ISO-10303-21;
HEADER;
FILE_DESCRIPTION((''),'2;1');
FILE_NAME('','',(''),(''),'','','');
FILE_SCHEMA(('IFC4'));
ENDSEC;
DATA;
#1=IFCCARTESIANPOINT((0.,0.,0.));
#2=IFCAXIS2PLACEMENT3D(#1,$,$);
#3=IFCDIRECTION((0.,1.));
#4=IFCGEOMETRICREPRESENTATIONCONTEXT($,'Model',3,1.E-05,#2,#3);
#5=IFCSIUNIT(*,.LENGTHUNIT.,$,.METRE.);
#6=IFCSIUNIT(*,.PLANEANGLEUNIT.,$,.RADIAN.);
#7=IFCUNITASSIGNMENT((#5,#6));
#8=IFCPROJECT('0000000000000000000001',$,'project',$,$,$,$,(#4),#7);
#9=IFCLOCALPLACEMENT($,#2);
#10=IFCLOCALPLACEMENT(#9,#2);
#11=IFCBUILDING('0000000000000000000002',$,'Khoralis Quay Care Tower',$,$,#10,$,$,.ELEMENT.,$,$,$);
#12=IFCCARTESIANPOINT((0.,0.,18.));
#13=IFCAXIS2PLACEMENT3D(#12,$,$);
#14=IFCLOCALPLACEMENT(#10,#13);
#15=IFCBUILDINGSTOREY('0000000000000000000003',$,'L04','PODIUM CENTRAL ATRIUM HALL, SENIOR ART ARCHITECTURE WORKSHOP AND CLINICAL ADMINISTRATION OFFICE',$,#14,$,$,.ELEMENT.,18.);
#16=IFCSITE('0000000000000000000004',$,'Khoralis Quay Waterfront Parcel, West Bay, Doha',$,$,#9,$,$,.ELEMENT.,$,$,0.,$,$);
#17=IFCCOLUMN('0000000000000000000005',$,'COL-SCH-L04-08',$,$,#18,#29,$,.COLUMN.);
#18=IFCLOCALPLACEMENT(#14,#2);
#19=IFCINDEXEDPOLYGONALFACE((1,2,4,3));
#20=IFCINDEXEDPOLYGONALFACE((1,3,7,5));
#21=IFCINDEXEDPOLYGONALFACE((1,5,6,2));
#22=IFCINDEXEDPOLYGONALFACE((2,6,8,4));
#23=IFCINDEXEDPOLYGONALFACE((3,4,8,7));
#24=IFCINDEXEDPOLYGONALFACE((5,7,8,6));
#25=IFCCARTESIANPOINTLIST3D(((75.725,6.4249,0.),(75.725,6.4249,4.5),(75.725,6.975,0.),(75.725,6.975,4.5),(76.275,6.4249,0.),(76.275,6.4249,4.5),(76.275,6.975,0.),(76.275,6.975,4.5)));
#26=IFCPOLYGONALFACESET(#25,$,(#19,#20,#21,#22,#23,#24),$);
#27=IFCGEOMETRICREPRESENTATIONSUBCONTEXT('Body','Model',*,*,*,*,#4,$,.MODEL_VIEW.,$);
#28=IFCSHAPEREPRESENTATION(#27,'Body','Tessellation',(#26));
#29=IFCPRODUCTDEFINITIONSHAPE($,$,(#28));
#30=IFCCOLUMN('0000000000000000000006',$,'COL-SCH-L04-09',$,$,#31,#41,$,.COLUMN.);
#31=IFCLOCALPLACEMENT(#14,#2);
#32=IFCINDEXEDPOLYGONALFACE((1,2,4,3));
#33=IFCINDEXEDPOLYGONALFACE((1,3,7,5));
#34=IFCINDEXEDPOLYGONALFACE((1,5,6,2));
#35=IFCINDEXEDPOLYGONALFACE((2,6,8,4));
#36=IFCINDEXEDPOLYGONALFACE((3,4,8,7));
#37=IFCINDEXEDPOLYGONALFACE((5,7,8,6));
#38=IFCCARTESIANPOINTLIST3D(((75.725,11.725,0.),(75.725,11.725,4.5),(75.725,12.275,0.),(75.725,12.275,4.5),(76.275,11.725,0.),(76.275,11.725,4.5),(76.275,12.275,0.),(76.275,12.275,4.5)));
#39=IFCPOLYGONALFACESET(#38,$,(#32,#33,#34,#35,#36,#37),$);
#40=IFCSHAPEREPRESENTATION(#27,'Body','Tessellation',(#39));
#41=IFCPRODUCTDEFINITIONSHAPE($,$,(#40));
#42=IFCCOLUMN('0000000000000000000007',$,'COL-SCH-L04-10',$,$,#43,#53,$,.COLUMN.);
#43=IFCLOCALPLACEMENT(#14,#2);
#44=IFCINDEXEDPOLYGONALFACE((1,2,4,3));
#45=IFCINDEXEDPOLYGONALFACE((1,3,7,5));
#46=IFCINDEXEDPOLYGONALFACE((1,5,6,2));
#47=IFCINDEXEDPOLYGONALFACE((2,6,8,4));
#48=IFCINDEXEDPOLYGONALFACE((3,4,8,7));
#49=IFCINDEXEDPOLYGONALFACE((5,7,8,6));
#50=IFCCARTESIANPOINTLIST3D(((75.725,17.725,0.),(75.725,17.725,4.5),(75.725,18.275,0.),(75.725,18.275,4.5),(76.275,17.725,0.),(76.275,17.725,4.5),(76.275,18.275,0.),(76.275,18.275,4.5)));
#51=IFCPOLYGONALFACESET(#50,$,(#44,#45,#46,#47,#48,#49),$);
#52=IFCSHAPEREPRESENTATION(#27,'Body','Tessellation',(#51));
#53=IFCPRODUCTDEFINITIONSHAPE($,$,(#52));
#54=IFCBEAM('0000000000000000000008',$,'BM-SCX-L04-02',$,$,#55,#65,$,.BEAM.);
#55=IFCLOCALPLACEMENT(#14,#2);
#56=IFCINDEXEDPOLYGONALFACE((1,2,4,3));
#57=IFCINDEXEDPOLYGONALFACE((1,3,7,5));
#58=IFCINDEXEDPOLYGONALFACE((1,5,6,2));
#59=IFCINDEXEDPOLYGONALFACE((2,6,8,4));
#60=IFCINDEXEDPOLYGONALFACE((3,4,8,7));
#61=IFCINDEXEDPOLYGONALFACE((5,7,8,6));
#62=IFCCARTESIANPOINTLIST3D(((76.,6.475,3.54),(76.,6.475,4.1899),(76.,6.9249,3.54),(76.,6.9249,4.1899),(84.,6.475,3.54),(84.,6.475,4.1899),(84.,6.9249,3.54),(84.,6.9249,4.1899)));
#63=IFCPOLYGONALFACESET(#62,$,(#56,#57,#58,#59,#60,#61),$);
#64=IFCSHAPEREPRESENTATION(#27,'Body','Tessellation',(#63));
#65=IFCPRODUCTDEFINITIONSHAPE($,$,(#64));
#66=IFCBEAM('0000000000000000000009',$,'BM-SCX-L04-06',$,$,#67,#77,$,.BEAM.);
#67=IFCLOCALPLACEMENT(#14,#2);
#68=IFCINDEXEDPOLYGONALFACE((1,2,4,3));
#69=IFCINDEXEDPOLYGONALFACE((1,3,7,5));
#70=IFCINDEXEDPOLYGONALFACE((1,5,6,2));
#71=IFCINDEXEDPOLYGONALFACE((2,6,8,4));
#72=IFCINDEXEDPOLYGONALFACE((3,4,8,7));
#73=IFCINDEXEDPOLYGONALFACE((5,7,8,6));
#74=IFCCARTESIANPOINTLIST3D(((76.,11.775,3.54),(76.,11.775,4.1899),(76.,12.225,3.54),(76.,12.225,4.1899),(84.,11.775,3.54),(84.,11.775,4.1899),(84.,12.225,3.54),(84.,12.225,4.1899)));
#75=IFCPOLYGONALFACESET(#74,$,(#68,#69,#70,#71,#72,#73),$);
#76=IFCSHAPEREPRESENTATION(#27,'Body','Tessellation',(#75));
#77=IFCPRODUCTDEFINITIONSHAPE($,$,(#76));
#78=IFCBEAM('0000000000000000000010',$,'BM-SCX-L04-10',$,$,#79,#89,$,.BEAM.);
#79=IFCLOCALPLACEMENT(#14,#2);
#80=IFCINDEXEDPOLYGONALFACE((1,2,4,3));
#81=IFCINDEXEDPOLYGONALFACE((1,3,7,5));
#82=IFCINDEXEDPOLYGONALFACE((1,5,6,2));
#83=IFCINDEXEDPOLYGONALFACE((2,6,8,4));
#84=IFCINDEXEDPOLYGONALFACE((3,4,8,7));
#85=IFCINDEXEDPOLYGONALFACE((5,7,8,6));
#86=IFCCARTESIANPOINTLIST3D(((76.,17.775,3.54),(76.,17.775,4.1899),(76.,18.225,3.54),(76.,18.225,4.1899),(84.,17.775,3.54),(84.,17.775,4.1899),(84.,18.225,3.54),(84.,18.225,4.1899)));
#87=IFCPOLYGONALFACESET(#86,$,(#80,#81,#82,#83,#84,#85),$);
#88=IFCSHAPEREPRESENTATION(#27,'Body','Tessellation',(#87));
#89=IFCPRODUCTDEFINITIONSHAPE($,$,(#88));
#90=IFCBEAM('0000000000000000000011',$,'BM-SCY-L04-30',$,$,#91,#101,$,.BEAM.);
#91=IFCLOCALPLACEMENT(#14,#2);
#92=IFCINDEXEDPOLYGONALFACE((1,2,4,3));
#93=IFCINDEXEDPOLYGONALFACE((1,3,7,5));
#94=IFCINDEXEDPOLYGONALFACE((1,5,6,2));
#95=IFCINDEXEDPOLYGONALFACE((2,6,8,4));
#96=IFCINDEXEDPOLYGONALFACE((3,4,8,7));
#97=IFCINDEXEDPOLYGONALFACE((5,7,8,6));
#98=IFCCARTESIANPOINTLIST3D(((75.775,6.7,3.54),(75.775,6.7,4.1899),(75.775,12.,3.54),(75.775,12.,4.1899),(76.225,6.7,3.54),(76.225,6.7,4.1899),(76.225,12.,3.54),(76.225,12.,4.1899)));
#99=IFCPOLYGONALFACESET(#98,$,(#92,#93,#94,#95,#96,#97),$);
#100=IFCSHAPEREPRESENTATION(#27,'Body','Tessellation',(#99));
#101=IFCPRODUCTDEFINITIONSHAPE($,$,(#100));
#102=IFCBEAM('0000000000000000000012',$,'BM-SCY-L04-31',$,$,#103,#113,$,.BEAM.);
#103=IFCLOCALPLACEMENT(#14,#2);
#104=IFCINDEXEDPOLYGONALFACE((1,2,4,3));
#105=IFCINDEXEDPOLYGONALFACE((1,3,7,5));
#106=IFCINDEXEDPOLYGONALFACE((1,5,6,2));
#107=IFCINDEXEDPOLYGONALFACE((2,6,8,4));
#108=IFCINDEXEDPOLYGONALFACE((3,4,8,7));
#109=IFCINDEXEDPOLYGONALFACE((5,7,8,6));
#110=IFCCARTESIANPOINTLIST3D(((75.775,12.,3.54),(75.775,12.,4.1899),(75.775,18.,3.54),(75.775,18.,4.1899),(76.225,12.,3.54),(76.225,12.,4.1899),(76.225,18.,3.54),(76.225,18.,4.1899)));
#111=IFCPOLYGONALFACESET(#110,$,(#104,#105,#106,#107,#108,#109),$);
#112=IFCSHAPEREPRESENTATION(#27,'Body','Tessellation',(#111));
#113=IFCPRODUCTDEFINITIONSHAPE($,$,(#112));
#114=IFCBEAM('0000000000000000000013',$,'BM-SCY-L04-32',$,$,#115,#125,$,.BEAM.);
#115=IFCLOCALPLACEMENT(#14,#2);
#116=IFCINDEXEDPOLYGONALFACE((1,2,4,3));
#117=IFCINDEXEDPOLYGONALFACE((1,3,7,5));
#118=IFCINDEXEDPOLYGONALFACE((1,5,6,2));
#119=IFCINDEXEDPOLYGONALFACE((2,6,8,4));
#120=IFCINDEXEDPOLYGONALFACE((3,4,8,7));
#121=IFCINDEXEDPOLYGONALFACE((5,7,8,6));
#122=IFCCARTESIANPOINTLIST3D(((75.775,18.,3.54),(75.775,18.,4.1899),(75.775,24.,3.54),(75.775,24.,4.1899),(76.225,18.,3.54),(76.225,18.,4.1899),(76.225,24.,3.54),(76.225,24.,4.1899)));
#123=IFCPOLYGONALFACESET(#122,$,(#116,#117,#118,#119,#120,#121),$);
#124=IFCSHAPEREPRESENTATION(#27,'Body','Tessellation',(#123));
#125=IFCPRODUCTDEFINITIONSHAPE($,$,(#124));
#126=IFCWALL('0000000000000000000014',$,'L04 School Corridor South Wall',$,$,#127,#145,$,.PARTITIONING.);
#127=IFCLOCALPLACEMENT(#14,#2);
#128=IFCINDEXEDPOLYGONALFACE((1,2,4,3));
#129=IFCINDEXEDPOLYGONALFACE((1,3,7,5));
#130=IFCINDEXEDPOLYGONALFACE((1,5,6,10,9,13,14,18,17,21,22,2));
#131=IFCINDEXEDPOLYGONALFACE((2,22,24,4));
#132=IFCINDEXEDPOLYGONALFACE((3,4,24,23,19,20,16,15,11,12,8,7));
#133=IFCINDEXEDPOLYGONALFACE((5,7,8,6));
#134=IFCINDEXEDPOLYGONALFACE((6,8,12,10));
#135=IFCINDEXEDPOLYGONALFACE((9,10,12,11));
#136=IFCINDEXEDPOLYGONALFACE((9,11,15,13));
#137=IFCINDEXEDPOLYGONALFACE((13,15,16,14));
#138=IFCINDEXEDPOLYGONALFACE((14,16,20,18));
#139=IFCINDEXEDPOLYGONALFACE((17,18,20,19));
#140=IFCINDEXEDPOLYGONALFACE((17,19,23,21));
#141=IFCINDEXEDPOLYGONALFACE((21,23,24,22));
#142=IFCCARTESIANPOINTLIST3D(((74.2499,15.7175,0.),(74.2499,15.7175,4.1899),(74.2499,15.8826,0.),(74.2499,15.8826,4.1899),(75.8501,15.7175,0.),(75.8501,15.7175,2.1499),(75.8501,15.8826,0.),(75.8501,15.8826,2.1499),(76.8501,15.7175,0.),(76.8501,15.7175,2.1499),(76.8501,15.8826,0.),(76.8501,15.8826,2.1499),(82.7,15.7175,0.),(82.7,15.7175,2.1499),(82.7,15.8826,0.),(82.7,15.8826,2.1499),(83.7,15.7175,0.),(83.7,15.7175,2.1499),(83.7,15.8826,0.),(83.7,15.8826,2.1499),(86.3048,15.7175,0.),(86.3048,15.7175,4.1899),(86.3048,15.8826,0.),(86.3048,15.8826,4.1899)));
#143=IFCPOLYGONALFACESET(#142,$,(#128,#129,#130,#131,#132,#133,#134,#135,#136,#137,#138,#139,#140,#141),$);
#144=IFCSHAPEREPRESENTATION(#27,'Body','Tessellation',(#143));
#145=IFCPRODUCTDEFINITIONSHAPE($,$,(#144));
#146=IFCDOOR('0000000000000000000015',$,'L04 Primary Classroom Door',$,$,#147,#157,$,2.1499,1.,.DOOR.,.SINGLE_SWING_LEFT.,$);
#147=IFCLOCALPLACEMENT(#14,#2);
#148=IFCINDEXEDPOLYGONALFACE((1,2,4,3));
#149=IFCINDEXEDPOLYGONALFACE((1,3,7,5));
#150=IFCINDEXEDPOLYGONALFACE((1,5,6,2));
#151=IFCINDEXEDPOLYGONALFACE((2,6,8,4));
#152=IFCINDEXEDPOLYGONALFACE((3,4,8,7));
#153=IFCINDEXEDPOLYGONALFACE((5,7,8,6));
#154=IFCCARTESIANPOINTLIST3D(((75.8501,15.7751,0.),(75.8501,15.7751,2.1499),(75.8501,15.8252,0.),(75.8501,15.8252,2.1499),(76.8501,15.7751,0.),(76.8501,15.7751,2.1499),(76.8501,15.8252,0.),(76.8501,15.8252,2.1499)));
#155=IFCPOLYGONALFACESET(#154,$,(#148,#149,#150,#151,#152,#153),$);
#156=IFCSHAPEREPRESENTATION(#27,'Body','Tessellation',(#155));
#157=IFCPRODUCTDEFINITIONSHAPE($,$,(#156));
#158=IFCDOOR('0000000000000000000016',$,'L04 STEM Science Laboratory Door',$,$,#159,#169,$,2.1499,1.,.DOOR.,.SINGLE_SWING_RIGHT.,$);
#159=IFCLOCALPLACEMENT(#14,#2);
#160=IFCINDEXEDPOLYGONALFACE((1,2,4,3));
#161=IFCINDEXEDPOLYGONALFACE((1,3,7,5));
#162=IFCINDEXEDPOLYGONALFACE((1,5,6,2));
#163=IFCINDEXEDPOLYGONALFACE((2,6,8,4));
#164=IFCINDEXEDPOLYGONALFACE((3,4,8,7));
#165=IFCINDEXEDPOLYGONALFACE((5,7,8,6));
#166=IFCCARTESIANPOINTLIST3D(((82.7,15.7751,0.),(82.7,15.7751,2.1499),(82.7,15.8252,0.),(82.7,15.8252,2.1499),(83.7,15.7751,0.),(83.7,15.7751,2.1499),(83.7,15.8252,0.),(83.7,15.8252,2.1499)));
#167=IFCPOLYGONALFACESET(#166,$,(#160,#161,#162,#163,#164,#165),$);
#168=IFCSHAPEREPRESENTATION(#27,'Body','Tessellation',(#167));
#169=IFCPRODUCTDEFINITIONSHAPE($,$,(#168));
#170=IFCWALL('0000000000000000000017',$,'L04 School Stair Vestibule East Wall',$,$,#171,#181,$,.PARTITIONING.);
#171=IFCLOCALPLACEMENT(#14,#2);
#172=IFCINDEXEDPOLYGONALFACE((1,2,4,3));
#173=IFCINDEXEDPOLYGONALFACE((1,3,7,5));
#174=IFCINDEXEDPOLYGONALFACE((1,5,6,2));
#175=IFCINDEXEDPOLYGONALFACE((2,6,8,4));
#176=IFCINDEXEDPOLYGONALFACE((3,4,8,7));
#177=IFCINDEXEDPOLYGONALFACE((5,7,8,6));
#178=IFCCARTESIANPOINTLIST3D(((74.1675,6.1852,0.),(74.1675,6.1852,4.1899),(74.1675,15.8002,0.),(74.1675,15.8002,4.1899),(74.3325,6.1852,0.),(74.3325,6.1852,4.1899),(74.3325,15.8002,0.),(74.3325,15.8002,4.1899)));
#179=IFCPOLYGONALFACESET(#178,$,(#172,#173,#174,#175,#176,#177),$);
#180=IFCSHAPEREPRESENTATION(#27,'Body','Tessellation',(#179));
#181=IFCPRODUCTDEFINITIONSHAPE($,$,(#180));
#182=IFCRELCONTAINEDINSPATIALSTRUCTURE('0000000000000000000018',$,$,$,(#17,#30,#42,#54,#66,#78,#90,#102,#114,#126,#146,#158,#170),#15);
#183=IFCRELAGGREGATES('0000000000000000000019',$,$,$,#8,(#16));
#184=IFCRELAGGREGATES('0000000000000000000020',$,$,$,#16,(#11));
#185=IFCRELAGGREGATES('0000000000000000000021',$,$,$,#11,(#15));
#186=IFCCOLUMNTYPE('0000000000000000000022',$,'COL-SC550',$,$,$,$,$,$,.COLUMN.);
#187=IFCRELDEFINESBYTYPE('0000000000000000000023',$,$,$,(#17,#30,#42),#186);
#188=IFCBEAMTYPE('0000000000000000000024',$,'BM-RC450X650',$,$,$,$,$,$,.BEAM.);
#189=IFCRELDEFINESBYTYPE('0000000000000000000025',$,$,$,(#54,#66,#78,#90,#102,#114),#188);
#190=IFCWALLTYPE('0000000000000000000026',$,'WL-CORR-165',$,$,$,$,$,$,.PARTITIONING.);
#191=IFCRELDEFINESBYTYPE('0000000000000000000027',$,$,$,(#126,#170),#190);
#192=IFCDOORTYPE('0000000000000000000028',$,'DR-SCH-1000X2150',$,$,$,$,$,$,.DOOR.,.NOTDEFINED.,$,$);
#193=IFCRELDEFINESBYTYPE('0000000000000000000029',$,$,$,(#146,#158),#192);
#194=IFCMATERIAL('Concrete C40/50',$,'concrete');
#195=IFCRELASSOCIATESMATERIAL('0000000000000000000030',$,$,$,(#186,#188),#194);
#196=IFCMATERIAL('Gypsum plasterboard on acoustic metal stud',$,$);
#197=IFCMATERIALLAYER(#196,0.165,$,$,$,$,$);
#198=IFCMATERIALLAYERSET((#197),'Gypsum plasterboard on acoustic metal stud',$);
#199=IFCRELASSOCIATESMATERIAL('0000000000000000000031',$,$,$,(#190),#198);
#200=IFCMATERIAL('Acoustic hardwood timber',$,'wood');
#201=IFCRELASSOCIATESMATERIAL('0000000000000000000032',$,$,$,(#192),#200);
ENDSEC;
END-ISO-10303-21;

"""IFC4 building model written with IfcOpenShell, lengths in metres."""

from ifc_helpers import new_model, si_unit, direction, frame, frame_2d, origin, origin_2d, place, context, subcontext, project, spatial, rectangle, extrude, source, transform, mapped, material, layer, layer_set, material_profile, profile_set, type_object, element, fill, save


model = new_model("IFC4")

# Units and contexts
model_context = context("Model", 3, precision=1e-05, world=origin(), true_north=direction((0.0, 1.0)))
body_context = subcontext(model_context, "Body", "Model", "MODEL_VIEW")
ifc_project = project(units=[si_unit("LENGTHUNIT", "METRE"), si_unit("PLANEANGLEUNIT", "RADIAN")], contexts=[model_context])

# Site, building, storey
site_placement = place(None, origin())
site = spatial("IfcSite", under=ifc_project, at=site_placement, Name="Khoralis Quay Waterfront Parcel, West Bay, Doha", CompositionType="ELEMENT", RefElevation=0.0)
building_placement = place(site_placement, origin())
building = spatial("IfcBuilding", under=site, at=building_placement, Name="Khoralis Quay Care Tower", CompositionType="ELEMENT")
storey_placement = place(building_placement, frame((0.0, 0.0, 18.0)))
storey = spatial("IfcBuildingStorey", under=building, at=storey_placement, Name="L04", Description="PODIUM CENTRAL ATRIUM HALL, SENIOR ART ARCHITECTURE WORKSHOP AND CLINICAL ADMINISTRATION OFFICE", CompositionType="ELEMENT", Elevation=18.0)

# Columns
ifc_material_1 = material(Name="Concrete C40/50", Category="concrete")
ifc_material_profile_1 = material_profile(ifc_material_1, rectangle(XDim=0.55, YDim=0.55, at=origin_2d()), Name="Concrete C40/50")
ifc_profile_set_1 = profile_set([ifc_material_profile_1], Name="Concrete C40/50")
column_type = type_object("IfcColumnType", Name="COL-SC550", PredefinedType="COLUMN", material=ifc_profile_set_1)
shared_shape_1 = source(origin(), body_context, "Body", "SweptSolid", [
    extrude(rectangle(XDim=0.55, YDim=0.55, at=origin_2d()), origin(), (0.0, 0.0, 1.0), 4.5),
])
for number, where, z_axis, x_axis, name in (
    (1, (76.0, 6.7, 0.0), (0.0, 0.0, 1.0), (1.0, 0.0, 0.0), "COL-SCH-L04-08"),
    (2, (76.0, 12.0, 0.0), (0.0, 0.0, 1.0), (1.0, 0.0, 0.0), "COL-SCH-L04-09"),
    (3, (76.0, 18.0, 0.0), (0.0, 0.0, 1.0), (1.0, 0.0, 0.0), "COL-SCH-L04-10"),
):
    element("IfcColumn", number, at=place(storey_placement, frame(where, z_axis=z_axis, x_axis=x_axis)), inside=storey, type_object=column_type, Name=name, PredefinedType="COLUMN", context=body_context, shape_type="MappedRepresentation", body=[
        mapped(shared_shape_1, transform((0.0, 0.0, 0.0), scale=1.0)),
    ])

# Beams
ifc_material_profile_2 = material_profile(ifc_material_1, rectangle(XDim=0.45, YDim=0.6499, at=origin_2d()), Name="Concrete C40/50")
ifc_profile_set_2 = profile_set([ifc_material_profile_2], Name="Concrete C40/50")
beam_type = type_object("IfcBeamType", Name="BM-RC450X650", PredefinedType="BEAM", material=ifc_profile_set_2)
shared_shape_2 = source(origin(), body_context, "Body", "SweptSolid", [
    extrude(rectangle(XDim=0.45, YDim=0.6499, at=origin_2d()), origin(), (0.0, 0.0, 1.0), 8.0),
])
for number, where, z_axis, x_axis, name in (
    (4, (76.0, 6.7, 3.865), (1.0, 0.0, 0.0), (0.0, 1.0, 0.0), "BM-SCX-L04-02"),
    (5, (76.0, 12.0, 3.865), (1.0, 0.0, 0.0), (0.0, 1.0, 0.0), "BM-SCX-L04-06"),
    (6, (76.0, 18.0, 3.865), (1.0, 0.0, 0.0), (0.0, 1.0, 0.0), "BM-SCX-L04-10"),
):
    element("IfcBeam", number, at=place(storey_placement, frame(where, z_axis=z_axis, x_axis=x_axis)), inside=storey, type_object=beam_type, Name=name, PredefinedType="BEAM", context=body_context, shape_type="MappedRepresentation", body=[
        mapped(shared_shape_2, transform((0.0, 0.0, 0.0), scale=1.0)),
    ])
shared_shape_3 = source(origin(), body_context, "Body", "SweptSolid", [
    extrude(rectangle(XDim=0.45, YDim=0.6499, at=origin_2d()), origin(), (0.0, 0.0, 1.0), 5.3),
])
beam_placement = place(storey_placement, frame((76.0, 6.7, 3.865), z_axis=(0.0, 1.0, 0.0), x_axis=(-1.0, 0.0, 0.0)))
element("IfcBeam", 7, at=beam_placement, inside=storey, type_object=beam_type, Name="BM-SCY-L04-30", PredefinedType="BEAM", context=body_context, shape_type="MappedRepresentation", body=[
    mapped(shared_shape_3, transform((0.0, 0.0, 0.0), scale=1.0)),
])
shared_shape_4 = source(origin(), body_context, "Body", "SweptSolid", [
    extrude(rectangle(XDim=0.45, YDim=0.6499, at=origin_2d()), origin(), (0.0, 0.0, 1.0), 6.0),
])
for number, where, z_axis, x_axis, name in (
    (8, (76.0, 12.0, 3.865), (0.0, 1.0, 0.0), (-1.0, 0.0, 0.0), "BM-SCY-L04-31"),
    (9, (76.0, 18.0, 3.865), (0.0, 1.0, 0.0), (-1.0, 0.0, 0.0), "BM-SCY-L04-32"),
):
    element("IfcBeam", number, at=place(storey_placement, frame(where, z_axis=z_axis, x_axis=x_axis)), inside=storey, type_object=beam_type, Name=name, PredefinedType="BEAM", context=body_context, shape_type="MappedRepresentation", body=[
        mapped(shared_shape_4, transform((0.0, 0.0, 0.0), scale=1.0)),
    ])

# Wall, openings, doors
ifc_material_2 = material(Name="Gypsum plasterboard on acoustic metal stud")
ifc_layer_1 = layer(ifc_material_2, 0.165)
ifc_layer_set_1 = layer_set([ifc_layer_1], Name="Gypsum plasterboard on acoustic metal stud")
wall_type_1 = type_object("IfcWallType", Name="WL-CORR-165", PredefinedType="PARTITIONING", material=ifc_layer_set_1)
wall_1_placement = place(storey_placement, frame((74.25, 15.8, 0.0), z_axis=(0.0, 0.0, 1.0), x_axis=(1.0, 0.0, 0.0)))
wall_1 = element("IfcWall", 10, at=wall_1_placement, inside=storey, type_object=wall_type_1, Name="L04 School Corridor South Wall", PredefinedType="PARTITIONING", context=body_context, shape_type="SweptSolid", body=[
    extrude(rectangle(XDim=12.0549, YDim=0.165, at=frame_2d((6.0273, 0.0))), origin(), (0.0, 0.0, 1.0), 4.1899),
])
opening_1_placement = place(wall_1_placement, frame((1.6001, 0.0, 0.0)))
opening_1 = element("IfcOpeningElement", 11, at=opening_1_placement, cuts=wall_1, PredefinedType="OPENING", context=body_context, shape_type="SweptSolid", body=[
    extrude(rectangle(XDim=1.0, YDim=2.1499, at=frame_2d((0.5, 1.075))), frame((0.0, 0.0925, 0.0), z_axis=(0.0, -1.0, 0.0), x_axis=(1.0, 0.0, 0.0)), (0.0, 0.0, 1.0), 0.1851),
])
opening_2_placement = place(wall_1_placement, frame((8.45, 0.0, 0.0)))
opening_2 = element("IfcOpeningElement", 12, at=opening_2_placement, cuts=wall_1, PredefinedType="OPENING", context=body_context, shape_type="SweptSolid", body=[
    extrude(rectangle(XDim=1.0, YDim=2.1499, at=frame_2d((0.5, 1.075))), frame((0.0, 0.0925, 0.0), z_axis=(0.0, -1.0, 0.0), x_axis=(1.0, 0.0, 0.0)), (0.0, 0.0, 1.0), 0.1851),
])
ifc_material_3 = material(Name="Acoustic hardwood timber", Category="wood")
door_type_1 = type_object("IfcDoorType", Name="DR-SCH-1000X2150", OperationType="NOTDEFINED", PredefinedType="DOOR", material=ifc_material_3)
shared_shape_5 = source(origin(), body_context, "Body", "SweptSolid", [
    extrude(rectangle(XDim=1.0, YDim=2.1499, at=frame_2d((0.5, 1.075))), frame((0.0, 0.0249, 0.0), z_axis=(0.0, -1.0, 0.0), x_axis=(1.0, 0.0, 0.0)), (0.0, 0.0, 1.0), 0.05),
])
door_1_placement = place(opening_1_placement, frame((1.0, 0.0, 0.0), z_axis=(0.0, 0.0, 1.0), x_axis=(-1.0, 0.0, 0.0)))
door_1 = element("IfcDoor", 13, at=door_1_placement, inside=storey, type_object=door_type_1, Name="L04 Primary Classroom Door", OperationType="SINGLE_SWING_LEFT", OverallHeight=2.1499, OverallWidth=1.0, PredefinedType="DOOR", context=body_context, shape_type="MappedRepresentation", body=[
    mapped(shared_shape_5, transform((0.0, 0.0, 0.0), scale=1.0)),
])
fill(opening_1, door_1)
door_2_placement = place(opening_2_placement, frame((1.0, 0.0, 0.0), z_axis=(0.0, 0.0, 1.0), x_axis=(-1.0, 0.0, 0.0)))
door_2 = element("IfcDoor", 14, at=door_2_placement, inside=storey, type_object=door_type_1, Name="L04 STEM Science Laboratory Door", OperationType="SINGLE_SWING_RIGHT", OverallHeight=2.1499, OverallWidth=1.0, PredefinedType="DOOR", context=body_context, shape_type="MappedRepresentation", body=[
    mapped(shared_shape_5, transform((0.0, 0.0, 0.0), scale=1.0)),
])
fill(opening_2, door_2)

# Wall
wall_2_placement = place(storey_placement, frame((74.25, 6.1851, 0.0), z_axis=(0.0, 0.0, 1.0), x_axis=(0.0, 1.0, 0.0)))
element("IfcWall", 15, at=wall_2_placement, inside=storey, type_object=wall_type_1, Name="L04 School Stair Vestibule East Wall", PredefinedType="PARTITIONING", context=body_context, shape_type="SweptSolid", body=[
    extrude(rectangle(XDim=9.615, YDim=0.165, at=frame_2d((4.8076, 0.0))), origin(), (0.0, 0.0, 1.0), 4.1899),
])

save(model, "model.ifc")
